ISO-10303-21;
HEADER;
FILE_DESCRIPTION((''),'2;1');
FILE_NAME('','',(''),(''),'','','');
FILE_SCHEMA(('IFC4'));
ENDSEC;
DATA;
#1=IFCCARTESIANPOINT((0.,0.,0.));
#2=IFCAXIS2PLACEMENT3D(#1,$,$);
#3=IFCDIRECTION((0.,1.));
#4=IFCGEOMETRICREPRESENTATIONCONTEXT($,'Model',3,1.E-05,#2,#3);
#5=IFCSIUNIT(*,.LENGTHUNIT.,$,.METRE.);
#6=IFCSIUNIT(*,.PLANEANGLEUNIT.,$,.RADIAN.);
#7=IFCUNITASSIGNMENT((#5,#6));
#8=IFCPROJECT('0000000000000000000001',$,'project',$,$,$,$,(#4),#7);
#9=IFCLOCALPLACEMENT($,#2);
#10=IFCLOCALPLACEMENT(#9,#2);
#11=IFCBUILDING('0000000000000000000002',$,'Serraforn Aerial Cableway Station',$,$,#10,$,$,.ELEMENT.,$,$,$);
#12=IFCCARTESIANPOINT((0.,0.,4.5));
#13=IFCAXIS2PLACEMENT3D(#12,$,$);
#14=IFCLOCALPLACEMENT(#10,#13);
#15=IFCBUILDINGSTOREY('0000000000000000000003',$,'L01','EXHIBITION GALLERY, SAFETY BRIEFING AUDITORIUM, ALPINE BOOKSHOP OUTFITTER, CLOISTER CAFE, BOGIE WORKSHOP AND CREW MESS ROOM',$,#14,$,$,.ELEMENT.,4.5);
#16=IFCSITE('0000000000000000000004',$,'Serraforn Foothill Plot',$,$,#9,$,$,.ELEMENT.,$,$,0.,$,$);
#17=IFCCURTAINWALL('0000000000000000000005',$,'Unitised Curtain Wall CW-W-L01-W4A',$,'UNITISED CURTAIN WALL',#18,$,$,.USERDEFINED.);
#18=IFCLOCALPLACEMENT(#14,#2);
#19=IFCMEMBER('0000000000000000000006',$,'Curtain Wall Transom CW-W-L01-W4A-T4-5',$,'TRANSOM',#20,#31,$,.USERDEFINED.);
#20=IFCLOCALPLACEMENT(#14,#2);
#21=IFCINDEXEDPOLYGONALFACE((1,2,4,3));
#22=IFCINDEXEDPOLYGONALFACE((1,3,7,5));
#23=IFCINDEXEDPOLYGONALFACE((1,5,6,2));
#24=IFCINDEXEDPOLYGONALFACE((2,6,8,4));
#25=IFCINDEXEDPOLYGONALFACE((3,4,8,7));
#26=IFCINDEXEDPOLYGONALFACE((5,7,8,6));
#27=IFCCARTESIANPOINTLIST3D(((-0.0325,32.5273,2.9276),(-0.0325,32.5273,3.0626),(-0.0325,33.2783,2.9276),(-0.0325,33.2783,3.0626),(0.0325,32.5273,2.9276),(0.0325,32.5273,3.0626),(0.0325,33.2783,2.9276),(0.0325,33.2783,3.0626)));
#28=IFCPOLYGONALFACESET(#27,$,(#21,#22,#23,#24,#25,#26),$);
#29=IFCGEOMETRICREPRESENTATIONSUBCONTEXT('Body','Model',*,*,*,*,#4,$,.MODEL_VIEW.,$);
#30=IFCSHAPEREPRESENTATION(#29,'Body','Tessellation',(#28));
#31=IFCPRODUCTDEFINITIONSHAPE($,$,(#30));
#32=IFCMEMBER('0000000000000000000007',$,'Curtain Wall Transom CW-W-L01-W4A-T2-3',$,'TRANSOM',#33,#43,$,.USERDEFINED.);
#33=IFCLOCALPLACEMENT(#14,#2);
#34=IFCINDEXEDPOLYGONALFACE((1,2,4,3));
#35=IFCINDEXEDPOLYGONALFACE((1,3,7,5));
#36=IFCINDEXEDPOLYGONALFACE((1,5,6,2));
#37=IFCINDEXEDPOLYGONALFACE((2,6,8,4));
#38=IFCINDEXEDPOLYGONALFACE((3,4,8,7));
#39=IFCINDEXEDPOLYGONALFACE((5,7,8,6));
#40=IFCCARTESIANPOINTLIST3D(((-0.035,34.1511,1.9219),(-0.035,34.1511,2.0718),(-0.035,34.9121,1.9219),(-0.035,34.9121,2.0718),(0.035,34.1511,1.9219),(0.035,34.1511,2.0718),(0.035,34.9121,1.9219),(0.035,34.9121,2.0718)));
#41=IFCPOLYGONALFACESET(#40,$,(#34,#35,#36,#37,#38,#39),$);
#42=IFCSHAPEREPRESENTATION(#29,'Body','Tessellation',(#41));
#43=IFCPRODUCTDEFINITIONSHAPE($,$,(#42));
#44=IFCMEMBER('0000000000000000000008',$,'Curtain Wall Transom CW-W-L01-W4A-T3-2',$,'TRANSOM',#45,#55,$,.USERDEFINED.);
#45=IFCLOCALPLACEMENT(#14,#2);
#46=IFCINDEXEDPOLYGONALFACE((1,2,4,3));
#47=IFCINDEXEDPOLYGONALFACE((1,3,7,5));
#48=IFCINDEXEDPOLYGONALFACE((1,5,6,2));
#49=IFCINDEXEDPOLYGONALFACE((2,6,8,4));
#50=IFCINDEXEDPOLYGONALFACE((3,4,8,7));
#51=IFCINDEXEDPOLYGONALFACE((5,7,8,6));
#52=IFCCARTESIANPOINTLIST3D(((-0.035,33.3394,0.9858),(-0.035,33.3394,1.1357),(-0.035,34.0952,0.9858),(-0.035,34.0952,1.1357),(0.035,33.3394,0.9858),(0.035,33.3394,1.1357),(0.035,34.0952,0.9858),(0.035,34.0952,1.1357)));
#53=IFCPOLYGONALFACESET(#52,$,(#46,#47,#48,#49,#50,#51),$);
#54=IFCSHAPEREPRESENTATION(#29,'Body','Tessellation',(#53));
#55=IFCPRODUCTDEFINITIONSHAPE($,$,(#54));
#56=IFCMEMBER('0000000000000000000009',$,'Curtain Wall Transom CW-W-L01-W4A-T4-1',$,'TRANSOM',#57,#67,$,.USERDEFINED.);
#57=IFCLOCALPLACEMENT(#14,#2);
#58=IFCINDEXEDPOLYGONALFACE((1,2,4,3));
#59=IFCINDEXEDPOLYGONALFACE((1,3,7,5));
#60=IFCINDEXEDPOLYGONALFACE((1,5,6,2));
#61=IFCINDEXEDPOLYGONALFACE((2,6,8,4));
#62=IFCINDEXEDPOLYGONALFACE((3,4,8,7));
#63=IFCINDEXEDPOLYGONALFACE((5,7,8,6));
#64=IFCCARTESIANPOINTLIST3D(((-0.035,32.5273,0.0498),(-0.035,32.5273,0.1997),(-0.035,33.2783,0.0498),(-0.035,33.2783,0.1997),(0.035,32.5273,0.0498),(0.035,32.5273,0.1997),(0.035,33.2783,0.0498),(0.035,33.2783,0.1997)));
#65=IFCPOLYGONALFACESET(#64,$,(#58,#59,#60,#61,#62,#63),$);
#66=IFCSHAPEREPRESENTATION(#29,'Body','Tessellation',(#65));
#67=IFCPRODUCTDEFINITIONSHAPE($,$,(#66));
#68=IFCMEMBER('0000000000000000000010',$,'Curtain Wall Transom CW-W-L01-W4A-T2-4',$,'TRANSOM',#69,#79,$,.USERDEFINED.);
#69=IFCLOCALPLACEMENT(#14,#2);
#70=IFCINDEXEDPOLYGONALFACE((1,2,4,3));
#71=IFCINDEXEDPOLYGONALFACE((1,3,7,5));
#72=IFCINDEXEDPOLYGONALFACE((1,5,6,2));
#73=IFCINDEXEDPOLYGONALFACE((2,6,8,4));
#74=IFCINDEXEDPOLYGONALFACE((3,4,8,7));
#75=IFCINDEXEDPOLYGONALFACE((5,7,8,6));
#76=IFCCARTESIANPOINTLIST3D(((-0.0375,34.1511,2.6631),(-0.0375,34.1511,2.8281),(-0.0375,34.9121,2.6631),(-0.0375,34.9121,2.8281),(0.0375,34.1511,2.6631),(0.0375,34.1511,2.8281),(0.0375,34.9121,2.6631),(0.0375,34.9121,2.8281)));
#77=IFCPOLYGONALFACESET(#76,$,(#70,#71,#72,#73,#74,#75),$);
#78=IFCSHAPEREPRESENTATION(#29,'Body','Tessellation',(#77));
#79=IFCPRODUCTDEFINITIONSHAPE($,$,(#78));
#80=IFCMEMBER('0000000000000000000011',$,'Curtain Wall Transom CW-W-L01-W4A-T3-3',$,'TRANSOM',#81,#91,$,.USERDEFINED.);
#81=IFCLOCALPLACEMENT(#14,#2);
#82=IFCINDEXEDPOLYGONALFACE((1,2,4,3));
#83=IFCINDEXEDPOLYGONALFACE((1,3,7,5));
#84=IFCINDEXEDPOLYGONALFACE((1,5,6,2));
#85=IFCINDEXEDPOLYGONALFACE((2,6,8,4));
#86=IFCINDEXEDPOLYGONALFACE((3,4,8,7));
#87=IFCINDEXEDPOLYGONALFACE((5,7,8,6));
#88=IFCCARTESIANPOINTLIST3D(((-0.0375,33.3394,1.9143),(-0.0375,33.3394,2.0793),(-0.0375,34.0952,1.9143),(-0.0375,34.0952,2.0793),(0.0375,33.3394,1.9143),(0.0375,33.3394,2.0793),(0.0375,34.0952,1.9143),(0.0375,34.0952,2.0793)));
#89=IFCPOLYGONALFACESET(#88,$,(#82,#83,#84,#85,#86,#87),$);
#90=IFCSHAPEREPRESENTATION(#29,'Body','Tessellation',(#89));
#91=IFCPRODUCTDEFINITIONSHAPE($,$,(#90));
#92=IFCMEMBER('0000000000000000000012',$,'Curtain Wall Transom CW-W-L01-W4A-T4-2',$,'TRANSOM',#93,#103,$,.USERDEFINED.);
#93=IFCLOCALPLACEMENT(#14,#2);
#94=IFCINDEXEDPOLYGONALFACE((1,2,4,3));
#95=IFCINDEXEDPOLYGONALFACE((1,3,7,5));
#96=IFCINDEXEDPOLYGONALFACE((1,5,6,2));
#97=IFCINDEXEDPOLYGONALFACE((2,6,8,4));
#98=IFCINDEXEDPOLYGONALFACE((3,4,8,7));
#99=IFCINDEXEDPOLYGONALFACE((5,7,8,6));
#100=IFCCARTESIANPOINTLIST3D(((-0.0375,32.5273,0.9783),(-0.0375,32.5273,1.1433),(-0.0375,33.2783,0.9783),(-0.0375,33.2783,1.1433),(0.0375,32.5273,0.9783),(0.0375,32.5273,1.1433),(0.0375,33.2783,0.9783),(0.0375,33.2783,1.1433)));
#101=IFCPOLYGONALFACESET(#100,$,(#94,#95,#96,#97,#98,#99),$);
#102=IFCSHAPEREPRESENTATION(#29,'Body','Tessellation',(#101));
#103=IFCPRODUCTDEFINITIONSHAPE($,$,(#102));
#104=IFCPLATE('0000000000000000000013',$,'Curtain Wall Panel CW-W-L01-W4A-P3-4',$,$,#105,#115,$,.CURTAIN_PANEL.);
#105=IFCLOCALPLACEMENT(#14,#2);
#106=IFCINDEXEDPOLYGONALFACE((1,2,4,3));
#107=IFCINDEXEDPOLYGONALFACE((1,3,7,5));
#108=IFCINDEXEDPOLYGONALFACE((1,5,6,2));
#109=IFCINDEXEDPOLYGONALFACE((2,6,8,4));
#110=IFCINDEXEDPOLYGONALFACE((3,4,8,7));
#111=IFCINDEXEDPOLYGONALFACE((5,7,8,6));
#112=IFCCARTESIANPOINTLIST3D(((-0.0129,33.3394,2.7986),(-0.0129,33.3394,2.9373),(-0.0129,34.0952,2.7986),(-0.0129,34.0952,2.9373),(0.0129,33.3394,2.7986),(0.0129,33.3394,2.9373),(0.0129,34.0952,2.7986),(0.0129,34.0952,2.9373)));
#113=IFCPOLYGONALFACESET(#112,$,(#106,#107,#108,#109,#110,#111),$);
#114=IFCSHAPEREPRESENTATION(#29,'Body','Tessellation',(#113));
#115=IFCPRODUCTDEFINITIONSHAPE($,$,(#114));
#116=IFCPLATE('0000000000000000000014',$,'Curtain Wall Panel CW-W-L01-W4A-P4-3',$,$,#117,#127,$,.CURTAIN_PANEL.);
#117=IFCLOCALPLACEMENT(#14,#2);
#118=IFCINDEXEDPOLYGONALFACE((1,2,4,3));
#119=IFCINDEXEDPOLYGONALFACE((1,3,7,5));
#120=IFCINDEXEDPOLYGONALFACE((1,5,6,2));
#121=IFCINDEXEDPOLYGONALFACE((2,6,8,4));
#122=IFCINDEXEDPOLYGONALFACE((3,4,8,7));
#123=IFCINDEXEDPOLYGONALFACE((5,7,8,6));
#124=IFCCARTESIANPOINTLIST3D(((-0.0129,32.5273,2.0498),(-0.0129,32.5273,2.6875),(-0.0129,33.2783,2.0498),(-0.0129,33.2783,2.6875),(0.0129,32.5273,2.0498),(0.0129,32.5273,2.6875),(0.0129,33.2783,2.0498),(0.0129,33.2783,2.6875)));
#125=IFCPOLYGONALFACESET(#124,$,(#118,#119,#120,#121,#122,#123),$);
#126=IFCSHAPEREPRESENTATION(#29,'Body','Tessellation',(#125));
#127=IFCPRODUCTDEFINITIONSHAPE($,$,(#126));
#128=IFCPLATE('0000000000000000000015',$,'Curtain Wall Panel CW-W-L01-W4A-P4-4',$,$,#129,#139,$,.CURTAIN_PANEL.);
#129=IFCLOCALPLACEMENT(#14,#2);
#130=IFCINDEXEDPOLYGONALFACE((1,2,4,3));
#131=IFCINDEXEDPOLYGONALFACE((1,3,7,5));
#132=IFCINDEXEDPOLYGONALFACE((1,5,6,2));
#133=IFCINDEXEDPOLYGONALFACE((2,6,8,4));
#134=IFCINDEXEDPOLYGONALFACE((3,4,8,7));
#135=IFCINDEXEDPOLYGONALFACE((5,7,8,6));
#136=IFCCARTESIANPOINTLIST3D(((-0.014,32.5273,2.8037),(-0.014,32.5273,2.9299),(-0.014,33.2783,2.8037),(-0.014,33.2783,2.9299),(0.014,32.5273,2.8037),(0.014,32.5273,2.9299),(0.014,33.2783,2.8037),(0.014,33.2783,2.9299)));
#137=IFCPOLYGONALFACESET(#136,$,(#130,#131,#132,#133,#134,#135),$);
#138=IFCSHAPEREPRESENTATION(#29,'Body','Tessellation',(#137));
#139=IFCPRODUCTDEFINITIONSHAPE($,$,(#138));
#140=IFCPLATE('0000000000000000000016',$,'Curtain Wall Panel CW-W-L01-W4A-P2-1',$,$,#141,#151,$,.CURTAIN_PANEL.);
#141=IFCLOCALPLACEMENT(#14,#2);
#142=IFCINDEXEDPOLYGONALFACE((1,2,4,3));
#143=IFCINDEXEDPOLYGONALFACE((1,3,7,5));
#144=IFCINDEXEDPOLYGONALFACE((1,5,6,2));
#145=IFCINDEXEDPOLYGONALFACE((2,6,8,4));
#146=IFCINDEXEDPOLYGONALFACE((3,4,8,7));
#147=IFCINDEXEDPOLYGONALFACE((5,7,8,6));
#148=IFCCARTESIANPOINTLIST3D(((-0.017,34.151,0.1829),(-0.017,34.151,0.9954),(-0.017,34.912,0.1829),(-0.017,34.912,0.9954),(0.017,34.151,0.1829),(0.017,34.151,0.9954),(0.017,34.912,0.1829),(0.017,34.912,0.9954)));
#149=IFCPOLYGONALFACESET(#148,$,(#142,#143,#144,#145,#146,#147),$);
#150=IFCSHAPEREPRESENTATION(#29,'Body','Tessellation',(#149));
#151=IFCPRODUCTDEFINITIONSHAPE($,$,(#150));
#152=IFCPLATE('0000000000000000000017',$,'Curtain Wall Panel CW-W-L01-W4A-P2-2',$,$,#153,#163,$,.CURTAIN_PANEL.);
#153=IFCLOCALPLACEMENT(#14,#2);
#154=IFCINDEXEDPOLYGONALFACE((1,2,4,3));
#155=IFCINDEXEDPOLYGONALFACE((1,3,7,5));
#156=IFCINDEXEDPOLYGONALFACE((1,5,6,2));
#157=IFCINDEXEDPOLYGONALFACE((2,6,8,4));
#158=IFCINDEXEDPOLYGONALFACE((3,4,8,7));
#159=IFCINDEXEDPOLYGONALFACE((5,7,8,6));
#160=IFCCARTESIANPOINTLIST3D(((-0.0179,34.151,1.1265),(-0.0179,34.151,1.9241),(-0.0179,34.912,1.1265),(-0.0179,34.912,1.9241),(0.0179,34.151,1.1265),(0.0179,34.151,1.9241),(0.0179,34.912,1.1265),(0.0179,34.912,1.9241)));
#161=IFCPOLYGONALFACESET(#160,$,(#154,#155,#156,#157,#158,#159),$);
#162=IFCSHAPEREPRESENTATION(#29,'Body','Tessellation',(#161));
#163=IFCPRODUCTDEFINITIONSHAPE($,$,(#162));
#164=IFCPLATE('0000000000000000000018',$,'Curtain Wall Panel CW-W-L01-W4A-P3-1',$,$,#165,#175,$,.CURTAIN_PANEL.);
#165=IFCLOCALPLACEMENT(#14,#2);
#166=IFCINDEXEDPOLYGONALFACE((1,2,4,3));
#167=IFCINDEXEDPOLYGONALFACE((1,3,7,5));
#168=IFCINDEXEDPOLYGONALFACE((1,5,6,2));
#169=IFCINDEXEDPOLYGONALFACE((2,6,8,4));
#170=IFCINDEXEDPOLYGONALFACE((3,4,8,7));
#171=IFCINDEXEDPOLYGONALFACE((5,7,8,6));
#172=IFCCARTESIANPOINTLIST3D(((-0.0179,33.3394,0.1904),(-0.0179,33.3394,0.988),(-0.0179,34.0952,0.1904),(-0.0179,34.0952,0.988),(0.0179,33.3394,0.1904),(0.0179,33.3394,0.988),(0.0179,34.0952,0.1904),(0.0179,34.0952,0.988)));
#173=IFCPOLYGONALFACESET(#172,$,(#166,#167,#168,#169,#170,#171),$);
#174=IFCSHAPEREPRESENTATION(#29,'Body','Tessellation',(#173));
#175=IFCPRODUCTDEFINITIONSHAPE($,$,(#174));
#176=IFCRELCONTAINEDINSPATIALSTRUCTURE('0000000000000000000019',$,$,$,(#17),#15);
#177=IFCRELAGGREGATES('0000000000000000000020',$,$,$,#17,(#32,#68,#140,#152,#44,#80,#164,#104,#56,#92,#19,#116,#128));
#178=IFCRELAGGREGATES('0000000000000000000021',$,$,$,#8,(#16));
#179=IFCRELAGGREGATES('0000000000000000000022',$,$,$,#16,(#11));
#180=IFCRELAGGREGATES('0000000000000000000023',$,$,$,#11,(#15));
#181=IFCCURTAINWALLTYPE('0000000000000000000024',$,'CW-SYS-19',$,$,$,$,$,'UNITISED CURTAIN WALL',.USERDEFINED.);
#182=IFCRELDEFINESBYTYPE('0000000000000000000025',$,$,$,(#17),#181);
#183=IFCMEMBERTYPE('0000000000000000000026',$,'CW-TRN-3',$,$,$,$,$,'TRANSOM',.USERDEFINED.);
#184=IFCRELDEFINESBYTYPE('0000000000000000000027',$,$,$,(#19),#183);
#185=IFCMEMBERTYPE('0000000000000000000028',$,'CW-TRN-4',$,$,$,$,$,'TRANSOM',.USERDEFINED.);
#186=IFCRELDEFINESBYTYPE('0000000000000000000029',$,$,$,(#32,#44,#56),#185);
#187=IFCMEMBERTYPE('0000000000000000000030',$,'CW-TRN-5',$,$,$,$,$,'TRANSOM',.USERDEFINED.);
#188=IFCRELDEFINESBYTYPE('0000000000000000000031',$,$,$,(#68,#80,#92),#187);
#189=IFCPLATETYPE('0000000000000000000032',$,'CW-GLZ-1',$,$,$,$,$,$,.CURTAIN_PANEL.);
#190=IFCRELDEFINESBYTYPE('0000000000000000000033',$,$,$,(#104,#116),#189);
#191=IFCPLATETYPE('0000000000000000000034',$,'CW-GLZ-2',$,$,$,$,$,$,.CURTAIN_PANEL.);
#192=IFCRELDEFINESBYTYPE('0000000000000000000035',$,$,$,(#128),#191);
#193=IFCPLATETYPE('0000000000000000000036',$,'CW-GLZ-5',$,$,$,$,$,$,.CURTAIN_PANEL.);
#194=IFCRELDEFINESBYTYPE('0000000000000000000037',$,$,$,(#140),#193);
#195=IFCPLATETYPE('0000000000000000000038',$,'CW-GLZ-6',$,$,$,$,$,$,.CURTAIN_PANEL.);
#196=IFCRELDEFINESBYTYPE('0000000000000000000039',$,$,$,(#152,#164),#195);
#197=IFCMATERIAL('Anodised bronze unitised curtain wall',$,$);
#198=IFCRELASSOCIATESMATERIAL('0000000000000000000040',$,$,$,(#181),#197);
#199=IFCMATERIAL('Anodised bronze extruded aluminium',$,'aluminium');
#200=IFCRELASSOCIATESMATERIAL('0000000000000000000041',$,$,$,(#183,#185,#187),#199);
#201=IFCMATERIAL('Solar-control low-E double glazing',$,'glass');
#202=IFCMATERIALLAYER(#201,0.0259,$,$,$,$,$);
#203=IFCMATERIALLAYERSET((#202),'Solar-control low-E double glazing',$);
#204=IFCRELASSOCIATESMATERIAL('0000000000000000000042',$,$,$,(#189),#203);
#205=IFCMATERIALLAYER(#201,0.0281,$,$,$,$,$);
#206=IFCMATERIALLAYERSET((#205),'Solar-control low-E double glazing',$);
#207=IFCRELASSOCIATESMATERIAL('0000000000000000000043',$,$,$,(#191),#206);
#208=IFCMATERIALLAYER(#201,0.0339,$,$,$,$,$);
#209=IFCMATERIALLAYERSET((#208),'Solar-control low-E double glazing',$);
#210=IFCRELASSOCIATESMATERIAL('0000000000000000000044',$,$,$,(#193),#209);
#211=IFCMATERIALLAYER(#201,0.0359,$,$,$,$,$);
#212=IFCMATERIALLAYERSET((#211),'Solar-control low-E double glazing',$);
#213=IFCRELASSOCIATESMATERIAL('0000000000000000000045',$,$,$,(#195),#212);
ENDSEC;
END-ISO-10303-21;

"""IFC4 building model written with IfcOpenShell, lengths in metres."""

from ifc_helpers import new_model, si_unit, direction, frame, origin, origin_2d, place, context, subcontext, project, spatial, rectangle, extrude, material, layer, layer_set, material_profile, profile_set, type_object, element, aggregate, save


model = new_model("IFC4")

# Units and contexts
model_context = context("Model", 3, precision=1e-05, world=origin(), true_north=direction((0.0, 1.0)))
body_context = subcontext(model_context, "Body", "Model", "MODEL_VIEW")
ifc_project = project(units=[si_unit("LENGTHUNIT", "METRE"), si_unit("PLANEANGLEUNIT", "RADIAN")], contexts=[model_context])

# Site, building, storey
site_placement = place(None, origin())
site = spatial("IfcSite", under=ifc_project, at=site_placement, Name="Serraforn Foothill Plot", CompositionType="ELEMENT", RefElevation=0.0)
building_placement = place(site_placement, origin())
building = spatial("IfcBuilding", under=site, at=building_placement, Name="Serraforn Aerial Cableway Station", CompositionType="ELEMENT")
storey_placement = place(building_placement, frame((0.0, 0.0, 4.5)))
storey = spatial("IfcBuildingStorey", under=building, at=storey_placement, Name="L01", Description="EXHIBITION GALLERY, SAFETY BRIEFING AUDITORIUM, ALPINE BOOKSHOP OUTFITTER, CLOISTER CAFE, BOGIE WORKSHOP AND CREW MESS ROOM", CompositionType="ELEMENT", Elevation=4.5)

# Curtain wall, members, plates
ifc_material_1 = material(Name="Anodised bronze unitised curtain wall")
curtain_wall_type = type_object("IfcCurtainWallType", Name="CW-SYS-19", ElementType="UNITISED CURTAIN WALL", PredefinedType="USERDEFINED", material=ifc_material_1)
curtain_wall_placement = place(storey_placement, origin())
curtain_wall = element("IfcCurtainWall", 1, at=curtain_wall_placement, inside=storey, type_object=curtain_wall_type, Name="Unitised Curtain Wall CW-W-L01-W4A", ObjectType="UNITISED CURTAIN WALL", PredefinedType="USERDEFINED")
ifc_material_2 = material(Name="Anodised bronze extruded aluminium", Category="aluminium")
ifc_material_profile_1 = material_profile(ifc_material_2, rectangle(XDim=0.0649, YDim=0.135, at=origin_2d()), Name="CW TRANSOM 65x135")
ifc_profile_set_1 = profile_set([ifc_material_profile_1], Name="Anodised bronze extruded aluminium")
member_type_1 = type_object("IfcMemberType", Name="CW-TRN-3", ElementType="TRANSOM", PredefinedType="USERDEFINED", material=ifc_profile_set_1)
member_1_placement = place(storey_placement, frame((0.0, 33.2783, 2.9951), z_axis=(0.0, -1.0, 0.0), x_axis=(1.0, 0.0, 0.0)))
member_1 = element("IfcMember", 2, at=member_1_placement, type_object=member_type_1, Name="Curtain Wall Transom CW-W-L01-W4A-T4-5", ObjectType="TRANSOM", PredefinedType="USERDEFINED", context=body_context, shape_type="SweptSolid", body=[
    extrude(rectangle(XDim=0.0649, YDim=0.135, at=origin_2d()), origin(), (0.0, 0.0, 1.0), 0.751),
])
ifc_material_profile_2 = material_profile(ifc_material_2, rectangle(XDim=0.0701, YDim=0.1499, at=origin_2d()), Name="CW TRANSOM 70x150")
ifc_profile_set_2 = profile_set([ifc_material_profile_2], Name="Anodised bronze extruded aluminium")
member_type_2 = type_object("IfcMemberType", Name="CW-TRN-4", ElementType="TRANSOM", PredefinedType="USERDEFINED", material=ifc_profile_set_2)
member_2_placement = place(storey_placement, frame((0.0, 34.9121, 1.9968), z_axis=(0.0, -1.0, 0.0), x_axis=(1.0, 0.0, 0.0)))
member_2 = element("IfcMember", 3, at=member_2_placement, type_object=member_type_2, Name="Curtain Wall Transom CW-W-L01-W4A-T2-3", ObjectType="TRANSOM", PredefinedType="USERDEFINED", context=body_context, shape_type="SweptSolid", body=[
    extrude(rectangle(XDim=0.0701, YDim=0.1499, at=origin_2d()), origin(), (0.0, 0.0, 1.0), 0.761),
])
member_3_placement = place(storey_placement, frame((0.0, 34.0952, 1.0608), z_axis=(0.0, -1.0, 0.0), x_axis=(1.0, 0.0, 0.0)))
member_3 = element("IfcMember", 4, at=member_3_placement, type_object=member_type_2, Name="Curtain Wall Transom CW-W-L01-W4A-T3-2", ObjectType="TRANSOM", PredefinedType="USERDEFINED", context=body_context, shape_type="SweptSolid", body=[
    extrude(rectangle(XDim=0.0701, YDim=0.1499, at=origin_2d()), origin(), (0.0, 0.0, 1.0), 0.7559),
])
member_4_placement = place(storey_placement, frame((0.0, 33.2783, 0.1248), z_axis=(0.0, -1.0, 0.0), x_axis=(1.0, 0.0, 0.0)))
member_4 = element("IfcMember", 5, at=member_4_placement, type_object=member_type_2, Name="Curtain Wall Transom CW-W-L01-W4A-T4-1", ObjectType="TRANSOM", PredefinedType="USERDEFINED", context=body_context, shape_type="SweptSolid", body=[
    extrude(rectangle(XDim=0.0701, YDim=0.1499, at=origin_2d()), origin(), (0.0, 0.0, 1.0), 0.751),
])
ifc_material_profile_3 = material_profile(ifc_material_2, rectangle(XDim=0.075, YDim=0.165, at=origin_2d()), Name="CW TRANSOM 75x165")
ifc_profile_set_3 = profile_set([ifc_material_profile_3], Name="Anodised bronze extruded aluminium")
member_type_3 = type_object("IfcMemberType", Name="CW-TRN-5", ElementType="TRANSOM", PredefinedType="USERDEFINED", material=ifc_profile_set_3)
member_5_placement = place(storey_placement, frame((0.0, 34.9121, 2.7456), z_axis=(0.0, -1.0, 0.0), x_axis=(1.0, 0.0, 0.0)))
member_5 = element("IfcMember", 6, at=member_5_placement, type_object=member_type_3, Name="Curtain Wall Transom CW-W-L01-W4A-T2-4", ObjectType="TRANSOM", PredefinedType="USERDEFINED", context=body_context, shape_type="SweptSolid", body=[
    extrude(rectangle(XDim=0.075, YDim=0.165, at=origin_2d()), origin(), (0.0, 0.0, 1.0), 0.761),
])
member_6_placement = place(storey_placement, frame((0.0, 34.0952, 1.9968), z_axis=(0.0, -1.0, 0.0), x_axis=(1.0, 0.0, 0.0)))
member_6 = element("IfcMember", 7, at=member_6_placement, type_object=member_type_3, Name="Curtain Wall Transom CW-W-L01-W4A-T3-3", ObjectType="TRANSOM", PredefinedType="USERDEFINED", context=body_context, shape_type="SweptSolid", body=[
    extrude(rectangle(XDim=0.075, YDim=0.165, at=origin_2d()), origin(), (0.0, 0.0, 1.0), 0.7559),
])
member_7_placement = place(storey_placement, frame((0.0, 33.2783, 1.0608), z_axis=(0.0, -1.0, 0.0), x_axis=(1.0, 0.0, 0.0)))
member_7 = element("IfcMember", 8, at=member_7_placement, type_object=member_type_3, Name="Curtain Wall Transom CW-W-L01-W4A-T4-2", ObjectType="TRANSOM", PredefinedType="USERDEFINED", context=body_context, shape_type="SweptSolid", body=[
    extrude(rectangle(XDim=0.075, YDim=0.165, at=origin_2d()), origin(), (0.0, 0.0, 1.0), 0.751),
])
ifc_material_3 = material(Name="Solar-control low-E double glazing", Category="glass")
ifc_layer_1 = layer(ifc_material_3, 0.0259)
ifc_layer_set_1 = layer_set([ifc_layer_1], Name="Solar-control low-E double glazing")
plate_type_1 = type_object("IfcPlateType", Name="CW-GLZ-1", PredefinedType="CURTAIN_PANEL", material=ifc_layer_set_1)
plate_1_placement = place(storey_placement, frame((0.0, 33.7173, 2.7986), z_axis=(0.0, 0.0, 1.0), x_axis=(1.0, 0.0, 0.0)))
plate_1 = element("IfcPlate", 9, at=plate_1_placement, type_object=plate_type_1, Name="Curtain Wall Panel CW-W-L01-W4A-P3-4", PredefinedType="CURTAIN_PANEL", context=body_context, shape_type="SweptSolid", body=[
    extrude(rectangle(XDim=0.0259, YDim=0.7559, at=origin_2d()), origin(), (0.0, 0.0, 1.0), 0.1387),
])
plate_2_placement = place(storey_placement, frame((0.0, 32.9028, 2.0498), z_axis=(0.0, 0.0, 1.0), x_axis=(1.0, 0.0, 0.0)))
plate_2 = element("IfcPlate", 10, at=plate_2_placement, type_object=plate_type_1, Name="Curtain Wall Panel CW-W-L01-W4A-P4-3", PredefinedType="CURTAIN_PANEL", context=body_context, shape_type="SweptSolid", body=[
    extrude(rectangle(XDim=0.0259, YDim=0.751, at=origin_2d()), origin(), (0.0, 0.0, 1.0), 0.6377),
])
ifc_layer_2 = layer(ifc_material_3, 0.0281)
ifc_layer_set_2 = layer_set([ifc_layer_2], Name="Solar-control low-E double glazing")
plate_type_2 = type_object("IfcPlateType", Name="CW-GLZ-2", PredefinedType="CURTAIN_PANEL", material=ifc_layer_set_2)
plate_3_placement = place(storey_placement, frame((0.0, 32.9028, 2.8037), z_axis=(0.0, 0.0, 1.0), x_axis=(1.0, 0.0, 0.0)))
plate_3 = element("IfcPlate", 11, at=plate_3_placement, type_object=plate_type_2, Name="Curtain Wall Panel CW-W-L01-W4A-P4-4", PredefinedType="CURTAIN_PANEL", context=body_context, shape_type="SweptSolid", body=[
    extrude(rectangle(XDim=0.0281, YDim=0.751, at=origin_2d()), origin(), (0.0, 0.0, 1.0), 0.1262),
])
ifc_layer_3 = layer(ifc_material_3, 0.0339)
ifc_layer_set_3 = layer_set([ifc_layer_3], Name="Solar-control low-E double glazing")
plate_type_3 = type_object("IfcPlateType", Name="CW-GLZ-5", PredefinedType="CURTAIN_PANEL", material=ifc_layer_set_3)
plate_4_placement = place(storey_placement, frame((0.0, 34.5315, 0.1829), z_axis=(0.0, 0.0, 1.0), x_axis=(1.0, 0.0, 0.0)))
plate_4 = element("IfcPlate", 12, at=plate_4_placement, type_object=plate_type_3, Name="Curtain Wall Panel CW-W-L01-W4A-P2-1", PredefinedType="CURTAIN_PANEL", context=body_context, shape_type="SweptSolid", body=[
    extrude(rectangle(XDim=0.0339, YDim=0.761, at=origin_2d()), origin(), (0.0, 0.0, 1.0), 0.8125),
])
ifc_layer_4 = layer(ifc_material_3, 0.0359)
ifc_layer_set_4 = layer_set([ifc_layer_4], Name="Solar-control low-E double glazing")
plate_type_4 = type_object("IfcPlateType", Name="CW-GLZ-6", PredefinedType="CURTAIN_PANEL", material=ifc_layer_set_4)
plate_5_placement = place(storey_placement, frame((0.0, 34.5315, 1.1265), z_axis=(0.0, 0.0, 1.0), x_axis=(1.0, 0.0, 0.0)))
plate_5 = element("IfcPlate", 13, at=plate_5_placement, type_object=plate_type_4, Name="Curtain Wall Panel CW-W-L01-W4A-P2-2", PredefinedType="CURTAIN_PANEL", context=body_context, shape_type="SweptSolid", body=[
    extrude(rectangle(XDim=0.0359, YDim=0.761, at=origin_2d()), origin(), (0.0, 0.0, 1.0), 0.7976),
])
plate_6_placement = place(storey_placement, frame((0.0, 33.7173, 0.1904), z_axis=(0.0, 0.0, 1.0), x_axis=(1.0, 0.0, 0.0)))
plate_6 = element("IfcPlate", 14, at=plate_6_placement, type_object=plate_type_4, Name="Curtain Wall Panel CW-W-L01-W4A-P3-1", PredefinedType="CURTAIN_PANEL", context=body_context, shape_type="SweptSolid", body=[
    extrude(rectangle(XDim=0.0359, YDim=0.7559, at=origin_2d()), origin(), (0.0, 0.0, 1.0), 0.7976),
])
aggregate(curtain_wall, [member_2, member_5, plate_4, plate_5, member_3, member_6, plate_6, plate_1, member_4, member_7, member_1, plate_2, plate_3])

save(model, "model.ifc")
